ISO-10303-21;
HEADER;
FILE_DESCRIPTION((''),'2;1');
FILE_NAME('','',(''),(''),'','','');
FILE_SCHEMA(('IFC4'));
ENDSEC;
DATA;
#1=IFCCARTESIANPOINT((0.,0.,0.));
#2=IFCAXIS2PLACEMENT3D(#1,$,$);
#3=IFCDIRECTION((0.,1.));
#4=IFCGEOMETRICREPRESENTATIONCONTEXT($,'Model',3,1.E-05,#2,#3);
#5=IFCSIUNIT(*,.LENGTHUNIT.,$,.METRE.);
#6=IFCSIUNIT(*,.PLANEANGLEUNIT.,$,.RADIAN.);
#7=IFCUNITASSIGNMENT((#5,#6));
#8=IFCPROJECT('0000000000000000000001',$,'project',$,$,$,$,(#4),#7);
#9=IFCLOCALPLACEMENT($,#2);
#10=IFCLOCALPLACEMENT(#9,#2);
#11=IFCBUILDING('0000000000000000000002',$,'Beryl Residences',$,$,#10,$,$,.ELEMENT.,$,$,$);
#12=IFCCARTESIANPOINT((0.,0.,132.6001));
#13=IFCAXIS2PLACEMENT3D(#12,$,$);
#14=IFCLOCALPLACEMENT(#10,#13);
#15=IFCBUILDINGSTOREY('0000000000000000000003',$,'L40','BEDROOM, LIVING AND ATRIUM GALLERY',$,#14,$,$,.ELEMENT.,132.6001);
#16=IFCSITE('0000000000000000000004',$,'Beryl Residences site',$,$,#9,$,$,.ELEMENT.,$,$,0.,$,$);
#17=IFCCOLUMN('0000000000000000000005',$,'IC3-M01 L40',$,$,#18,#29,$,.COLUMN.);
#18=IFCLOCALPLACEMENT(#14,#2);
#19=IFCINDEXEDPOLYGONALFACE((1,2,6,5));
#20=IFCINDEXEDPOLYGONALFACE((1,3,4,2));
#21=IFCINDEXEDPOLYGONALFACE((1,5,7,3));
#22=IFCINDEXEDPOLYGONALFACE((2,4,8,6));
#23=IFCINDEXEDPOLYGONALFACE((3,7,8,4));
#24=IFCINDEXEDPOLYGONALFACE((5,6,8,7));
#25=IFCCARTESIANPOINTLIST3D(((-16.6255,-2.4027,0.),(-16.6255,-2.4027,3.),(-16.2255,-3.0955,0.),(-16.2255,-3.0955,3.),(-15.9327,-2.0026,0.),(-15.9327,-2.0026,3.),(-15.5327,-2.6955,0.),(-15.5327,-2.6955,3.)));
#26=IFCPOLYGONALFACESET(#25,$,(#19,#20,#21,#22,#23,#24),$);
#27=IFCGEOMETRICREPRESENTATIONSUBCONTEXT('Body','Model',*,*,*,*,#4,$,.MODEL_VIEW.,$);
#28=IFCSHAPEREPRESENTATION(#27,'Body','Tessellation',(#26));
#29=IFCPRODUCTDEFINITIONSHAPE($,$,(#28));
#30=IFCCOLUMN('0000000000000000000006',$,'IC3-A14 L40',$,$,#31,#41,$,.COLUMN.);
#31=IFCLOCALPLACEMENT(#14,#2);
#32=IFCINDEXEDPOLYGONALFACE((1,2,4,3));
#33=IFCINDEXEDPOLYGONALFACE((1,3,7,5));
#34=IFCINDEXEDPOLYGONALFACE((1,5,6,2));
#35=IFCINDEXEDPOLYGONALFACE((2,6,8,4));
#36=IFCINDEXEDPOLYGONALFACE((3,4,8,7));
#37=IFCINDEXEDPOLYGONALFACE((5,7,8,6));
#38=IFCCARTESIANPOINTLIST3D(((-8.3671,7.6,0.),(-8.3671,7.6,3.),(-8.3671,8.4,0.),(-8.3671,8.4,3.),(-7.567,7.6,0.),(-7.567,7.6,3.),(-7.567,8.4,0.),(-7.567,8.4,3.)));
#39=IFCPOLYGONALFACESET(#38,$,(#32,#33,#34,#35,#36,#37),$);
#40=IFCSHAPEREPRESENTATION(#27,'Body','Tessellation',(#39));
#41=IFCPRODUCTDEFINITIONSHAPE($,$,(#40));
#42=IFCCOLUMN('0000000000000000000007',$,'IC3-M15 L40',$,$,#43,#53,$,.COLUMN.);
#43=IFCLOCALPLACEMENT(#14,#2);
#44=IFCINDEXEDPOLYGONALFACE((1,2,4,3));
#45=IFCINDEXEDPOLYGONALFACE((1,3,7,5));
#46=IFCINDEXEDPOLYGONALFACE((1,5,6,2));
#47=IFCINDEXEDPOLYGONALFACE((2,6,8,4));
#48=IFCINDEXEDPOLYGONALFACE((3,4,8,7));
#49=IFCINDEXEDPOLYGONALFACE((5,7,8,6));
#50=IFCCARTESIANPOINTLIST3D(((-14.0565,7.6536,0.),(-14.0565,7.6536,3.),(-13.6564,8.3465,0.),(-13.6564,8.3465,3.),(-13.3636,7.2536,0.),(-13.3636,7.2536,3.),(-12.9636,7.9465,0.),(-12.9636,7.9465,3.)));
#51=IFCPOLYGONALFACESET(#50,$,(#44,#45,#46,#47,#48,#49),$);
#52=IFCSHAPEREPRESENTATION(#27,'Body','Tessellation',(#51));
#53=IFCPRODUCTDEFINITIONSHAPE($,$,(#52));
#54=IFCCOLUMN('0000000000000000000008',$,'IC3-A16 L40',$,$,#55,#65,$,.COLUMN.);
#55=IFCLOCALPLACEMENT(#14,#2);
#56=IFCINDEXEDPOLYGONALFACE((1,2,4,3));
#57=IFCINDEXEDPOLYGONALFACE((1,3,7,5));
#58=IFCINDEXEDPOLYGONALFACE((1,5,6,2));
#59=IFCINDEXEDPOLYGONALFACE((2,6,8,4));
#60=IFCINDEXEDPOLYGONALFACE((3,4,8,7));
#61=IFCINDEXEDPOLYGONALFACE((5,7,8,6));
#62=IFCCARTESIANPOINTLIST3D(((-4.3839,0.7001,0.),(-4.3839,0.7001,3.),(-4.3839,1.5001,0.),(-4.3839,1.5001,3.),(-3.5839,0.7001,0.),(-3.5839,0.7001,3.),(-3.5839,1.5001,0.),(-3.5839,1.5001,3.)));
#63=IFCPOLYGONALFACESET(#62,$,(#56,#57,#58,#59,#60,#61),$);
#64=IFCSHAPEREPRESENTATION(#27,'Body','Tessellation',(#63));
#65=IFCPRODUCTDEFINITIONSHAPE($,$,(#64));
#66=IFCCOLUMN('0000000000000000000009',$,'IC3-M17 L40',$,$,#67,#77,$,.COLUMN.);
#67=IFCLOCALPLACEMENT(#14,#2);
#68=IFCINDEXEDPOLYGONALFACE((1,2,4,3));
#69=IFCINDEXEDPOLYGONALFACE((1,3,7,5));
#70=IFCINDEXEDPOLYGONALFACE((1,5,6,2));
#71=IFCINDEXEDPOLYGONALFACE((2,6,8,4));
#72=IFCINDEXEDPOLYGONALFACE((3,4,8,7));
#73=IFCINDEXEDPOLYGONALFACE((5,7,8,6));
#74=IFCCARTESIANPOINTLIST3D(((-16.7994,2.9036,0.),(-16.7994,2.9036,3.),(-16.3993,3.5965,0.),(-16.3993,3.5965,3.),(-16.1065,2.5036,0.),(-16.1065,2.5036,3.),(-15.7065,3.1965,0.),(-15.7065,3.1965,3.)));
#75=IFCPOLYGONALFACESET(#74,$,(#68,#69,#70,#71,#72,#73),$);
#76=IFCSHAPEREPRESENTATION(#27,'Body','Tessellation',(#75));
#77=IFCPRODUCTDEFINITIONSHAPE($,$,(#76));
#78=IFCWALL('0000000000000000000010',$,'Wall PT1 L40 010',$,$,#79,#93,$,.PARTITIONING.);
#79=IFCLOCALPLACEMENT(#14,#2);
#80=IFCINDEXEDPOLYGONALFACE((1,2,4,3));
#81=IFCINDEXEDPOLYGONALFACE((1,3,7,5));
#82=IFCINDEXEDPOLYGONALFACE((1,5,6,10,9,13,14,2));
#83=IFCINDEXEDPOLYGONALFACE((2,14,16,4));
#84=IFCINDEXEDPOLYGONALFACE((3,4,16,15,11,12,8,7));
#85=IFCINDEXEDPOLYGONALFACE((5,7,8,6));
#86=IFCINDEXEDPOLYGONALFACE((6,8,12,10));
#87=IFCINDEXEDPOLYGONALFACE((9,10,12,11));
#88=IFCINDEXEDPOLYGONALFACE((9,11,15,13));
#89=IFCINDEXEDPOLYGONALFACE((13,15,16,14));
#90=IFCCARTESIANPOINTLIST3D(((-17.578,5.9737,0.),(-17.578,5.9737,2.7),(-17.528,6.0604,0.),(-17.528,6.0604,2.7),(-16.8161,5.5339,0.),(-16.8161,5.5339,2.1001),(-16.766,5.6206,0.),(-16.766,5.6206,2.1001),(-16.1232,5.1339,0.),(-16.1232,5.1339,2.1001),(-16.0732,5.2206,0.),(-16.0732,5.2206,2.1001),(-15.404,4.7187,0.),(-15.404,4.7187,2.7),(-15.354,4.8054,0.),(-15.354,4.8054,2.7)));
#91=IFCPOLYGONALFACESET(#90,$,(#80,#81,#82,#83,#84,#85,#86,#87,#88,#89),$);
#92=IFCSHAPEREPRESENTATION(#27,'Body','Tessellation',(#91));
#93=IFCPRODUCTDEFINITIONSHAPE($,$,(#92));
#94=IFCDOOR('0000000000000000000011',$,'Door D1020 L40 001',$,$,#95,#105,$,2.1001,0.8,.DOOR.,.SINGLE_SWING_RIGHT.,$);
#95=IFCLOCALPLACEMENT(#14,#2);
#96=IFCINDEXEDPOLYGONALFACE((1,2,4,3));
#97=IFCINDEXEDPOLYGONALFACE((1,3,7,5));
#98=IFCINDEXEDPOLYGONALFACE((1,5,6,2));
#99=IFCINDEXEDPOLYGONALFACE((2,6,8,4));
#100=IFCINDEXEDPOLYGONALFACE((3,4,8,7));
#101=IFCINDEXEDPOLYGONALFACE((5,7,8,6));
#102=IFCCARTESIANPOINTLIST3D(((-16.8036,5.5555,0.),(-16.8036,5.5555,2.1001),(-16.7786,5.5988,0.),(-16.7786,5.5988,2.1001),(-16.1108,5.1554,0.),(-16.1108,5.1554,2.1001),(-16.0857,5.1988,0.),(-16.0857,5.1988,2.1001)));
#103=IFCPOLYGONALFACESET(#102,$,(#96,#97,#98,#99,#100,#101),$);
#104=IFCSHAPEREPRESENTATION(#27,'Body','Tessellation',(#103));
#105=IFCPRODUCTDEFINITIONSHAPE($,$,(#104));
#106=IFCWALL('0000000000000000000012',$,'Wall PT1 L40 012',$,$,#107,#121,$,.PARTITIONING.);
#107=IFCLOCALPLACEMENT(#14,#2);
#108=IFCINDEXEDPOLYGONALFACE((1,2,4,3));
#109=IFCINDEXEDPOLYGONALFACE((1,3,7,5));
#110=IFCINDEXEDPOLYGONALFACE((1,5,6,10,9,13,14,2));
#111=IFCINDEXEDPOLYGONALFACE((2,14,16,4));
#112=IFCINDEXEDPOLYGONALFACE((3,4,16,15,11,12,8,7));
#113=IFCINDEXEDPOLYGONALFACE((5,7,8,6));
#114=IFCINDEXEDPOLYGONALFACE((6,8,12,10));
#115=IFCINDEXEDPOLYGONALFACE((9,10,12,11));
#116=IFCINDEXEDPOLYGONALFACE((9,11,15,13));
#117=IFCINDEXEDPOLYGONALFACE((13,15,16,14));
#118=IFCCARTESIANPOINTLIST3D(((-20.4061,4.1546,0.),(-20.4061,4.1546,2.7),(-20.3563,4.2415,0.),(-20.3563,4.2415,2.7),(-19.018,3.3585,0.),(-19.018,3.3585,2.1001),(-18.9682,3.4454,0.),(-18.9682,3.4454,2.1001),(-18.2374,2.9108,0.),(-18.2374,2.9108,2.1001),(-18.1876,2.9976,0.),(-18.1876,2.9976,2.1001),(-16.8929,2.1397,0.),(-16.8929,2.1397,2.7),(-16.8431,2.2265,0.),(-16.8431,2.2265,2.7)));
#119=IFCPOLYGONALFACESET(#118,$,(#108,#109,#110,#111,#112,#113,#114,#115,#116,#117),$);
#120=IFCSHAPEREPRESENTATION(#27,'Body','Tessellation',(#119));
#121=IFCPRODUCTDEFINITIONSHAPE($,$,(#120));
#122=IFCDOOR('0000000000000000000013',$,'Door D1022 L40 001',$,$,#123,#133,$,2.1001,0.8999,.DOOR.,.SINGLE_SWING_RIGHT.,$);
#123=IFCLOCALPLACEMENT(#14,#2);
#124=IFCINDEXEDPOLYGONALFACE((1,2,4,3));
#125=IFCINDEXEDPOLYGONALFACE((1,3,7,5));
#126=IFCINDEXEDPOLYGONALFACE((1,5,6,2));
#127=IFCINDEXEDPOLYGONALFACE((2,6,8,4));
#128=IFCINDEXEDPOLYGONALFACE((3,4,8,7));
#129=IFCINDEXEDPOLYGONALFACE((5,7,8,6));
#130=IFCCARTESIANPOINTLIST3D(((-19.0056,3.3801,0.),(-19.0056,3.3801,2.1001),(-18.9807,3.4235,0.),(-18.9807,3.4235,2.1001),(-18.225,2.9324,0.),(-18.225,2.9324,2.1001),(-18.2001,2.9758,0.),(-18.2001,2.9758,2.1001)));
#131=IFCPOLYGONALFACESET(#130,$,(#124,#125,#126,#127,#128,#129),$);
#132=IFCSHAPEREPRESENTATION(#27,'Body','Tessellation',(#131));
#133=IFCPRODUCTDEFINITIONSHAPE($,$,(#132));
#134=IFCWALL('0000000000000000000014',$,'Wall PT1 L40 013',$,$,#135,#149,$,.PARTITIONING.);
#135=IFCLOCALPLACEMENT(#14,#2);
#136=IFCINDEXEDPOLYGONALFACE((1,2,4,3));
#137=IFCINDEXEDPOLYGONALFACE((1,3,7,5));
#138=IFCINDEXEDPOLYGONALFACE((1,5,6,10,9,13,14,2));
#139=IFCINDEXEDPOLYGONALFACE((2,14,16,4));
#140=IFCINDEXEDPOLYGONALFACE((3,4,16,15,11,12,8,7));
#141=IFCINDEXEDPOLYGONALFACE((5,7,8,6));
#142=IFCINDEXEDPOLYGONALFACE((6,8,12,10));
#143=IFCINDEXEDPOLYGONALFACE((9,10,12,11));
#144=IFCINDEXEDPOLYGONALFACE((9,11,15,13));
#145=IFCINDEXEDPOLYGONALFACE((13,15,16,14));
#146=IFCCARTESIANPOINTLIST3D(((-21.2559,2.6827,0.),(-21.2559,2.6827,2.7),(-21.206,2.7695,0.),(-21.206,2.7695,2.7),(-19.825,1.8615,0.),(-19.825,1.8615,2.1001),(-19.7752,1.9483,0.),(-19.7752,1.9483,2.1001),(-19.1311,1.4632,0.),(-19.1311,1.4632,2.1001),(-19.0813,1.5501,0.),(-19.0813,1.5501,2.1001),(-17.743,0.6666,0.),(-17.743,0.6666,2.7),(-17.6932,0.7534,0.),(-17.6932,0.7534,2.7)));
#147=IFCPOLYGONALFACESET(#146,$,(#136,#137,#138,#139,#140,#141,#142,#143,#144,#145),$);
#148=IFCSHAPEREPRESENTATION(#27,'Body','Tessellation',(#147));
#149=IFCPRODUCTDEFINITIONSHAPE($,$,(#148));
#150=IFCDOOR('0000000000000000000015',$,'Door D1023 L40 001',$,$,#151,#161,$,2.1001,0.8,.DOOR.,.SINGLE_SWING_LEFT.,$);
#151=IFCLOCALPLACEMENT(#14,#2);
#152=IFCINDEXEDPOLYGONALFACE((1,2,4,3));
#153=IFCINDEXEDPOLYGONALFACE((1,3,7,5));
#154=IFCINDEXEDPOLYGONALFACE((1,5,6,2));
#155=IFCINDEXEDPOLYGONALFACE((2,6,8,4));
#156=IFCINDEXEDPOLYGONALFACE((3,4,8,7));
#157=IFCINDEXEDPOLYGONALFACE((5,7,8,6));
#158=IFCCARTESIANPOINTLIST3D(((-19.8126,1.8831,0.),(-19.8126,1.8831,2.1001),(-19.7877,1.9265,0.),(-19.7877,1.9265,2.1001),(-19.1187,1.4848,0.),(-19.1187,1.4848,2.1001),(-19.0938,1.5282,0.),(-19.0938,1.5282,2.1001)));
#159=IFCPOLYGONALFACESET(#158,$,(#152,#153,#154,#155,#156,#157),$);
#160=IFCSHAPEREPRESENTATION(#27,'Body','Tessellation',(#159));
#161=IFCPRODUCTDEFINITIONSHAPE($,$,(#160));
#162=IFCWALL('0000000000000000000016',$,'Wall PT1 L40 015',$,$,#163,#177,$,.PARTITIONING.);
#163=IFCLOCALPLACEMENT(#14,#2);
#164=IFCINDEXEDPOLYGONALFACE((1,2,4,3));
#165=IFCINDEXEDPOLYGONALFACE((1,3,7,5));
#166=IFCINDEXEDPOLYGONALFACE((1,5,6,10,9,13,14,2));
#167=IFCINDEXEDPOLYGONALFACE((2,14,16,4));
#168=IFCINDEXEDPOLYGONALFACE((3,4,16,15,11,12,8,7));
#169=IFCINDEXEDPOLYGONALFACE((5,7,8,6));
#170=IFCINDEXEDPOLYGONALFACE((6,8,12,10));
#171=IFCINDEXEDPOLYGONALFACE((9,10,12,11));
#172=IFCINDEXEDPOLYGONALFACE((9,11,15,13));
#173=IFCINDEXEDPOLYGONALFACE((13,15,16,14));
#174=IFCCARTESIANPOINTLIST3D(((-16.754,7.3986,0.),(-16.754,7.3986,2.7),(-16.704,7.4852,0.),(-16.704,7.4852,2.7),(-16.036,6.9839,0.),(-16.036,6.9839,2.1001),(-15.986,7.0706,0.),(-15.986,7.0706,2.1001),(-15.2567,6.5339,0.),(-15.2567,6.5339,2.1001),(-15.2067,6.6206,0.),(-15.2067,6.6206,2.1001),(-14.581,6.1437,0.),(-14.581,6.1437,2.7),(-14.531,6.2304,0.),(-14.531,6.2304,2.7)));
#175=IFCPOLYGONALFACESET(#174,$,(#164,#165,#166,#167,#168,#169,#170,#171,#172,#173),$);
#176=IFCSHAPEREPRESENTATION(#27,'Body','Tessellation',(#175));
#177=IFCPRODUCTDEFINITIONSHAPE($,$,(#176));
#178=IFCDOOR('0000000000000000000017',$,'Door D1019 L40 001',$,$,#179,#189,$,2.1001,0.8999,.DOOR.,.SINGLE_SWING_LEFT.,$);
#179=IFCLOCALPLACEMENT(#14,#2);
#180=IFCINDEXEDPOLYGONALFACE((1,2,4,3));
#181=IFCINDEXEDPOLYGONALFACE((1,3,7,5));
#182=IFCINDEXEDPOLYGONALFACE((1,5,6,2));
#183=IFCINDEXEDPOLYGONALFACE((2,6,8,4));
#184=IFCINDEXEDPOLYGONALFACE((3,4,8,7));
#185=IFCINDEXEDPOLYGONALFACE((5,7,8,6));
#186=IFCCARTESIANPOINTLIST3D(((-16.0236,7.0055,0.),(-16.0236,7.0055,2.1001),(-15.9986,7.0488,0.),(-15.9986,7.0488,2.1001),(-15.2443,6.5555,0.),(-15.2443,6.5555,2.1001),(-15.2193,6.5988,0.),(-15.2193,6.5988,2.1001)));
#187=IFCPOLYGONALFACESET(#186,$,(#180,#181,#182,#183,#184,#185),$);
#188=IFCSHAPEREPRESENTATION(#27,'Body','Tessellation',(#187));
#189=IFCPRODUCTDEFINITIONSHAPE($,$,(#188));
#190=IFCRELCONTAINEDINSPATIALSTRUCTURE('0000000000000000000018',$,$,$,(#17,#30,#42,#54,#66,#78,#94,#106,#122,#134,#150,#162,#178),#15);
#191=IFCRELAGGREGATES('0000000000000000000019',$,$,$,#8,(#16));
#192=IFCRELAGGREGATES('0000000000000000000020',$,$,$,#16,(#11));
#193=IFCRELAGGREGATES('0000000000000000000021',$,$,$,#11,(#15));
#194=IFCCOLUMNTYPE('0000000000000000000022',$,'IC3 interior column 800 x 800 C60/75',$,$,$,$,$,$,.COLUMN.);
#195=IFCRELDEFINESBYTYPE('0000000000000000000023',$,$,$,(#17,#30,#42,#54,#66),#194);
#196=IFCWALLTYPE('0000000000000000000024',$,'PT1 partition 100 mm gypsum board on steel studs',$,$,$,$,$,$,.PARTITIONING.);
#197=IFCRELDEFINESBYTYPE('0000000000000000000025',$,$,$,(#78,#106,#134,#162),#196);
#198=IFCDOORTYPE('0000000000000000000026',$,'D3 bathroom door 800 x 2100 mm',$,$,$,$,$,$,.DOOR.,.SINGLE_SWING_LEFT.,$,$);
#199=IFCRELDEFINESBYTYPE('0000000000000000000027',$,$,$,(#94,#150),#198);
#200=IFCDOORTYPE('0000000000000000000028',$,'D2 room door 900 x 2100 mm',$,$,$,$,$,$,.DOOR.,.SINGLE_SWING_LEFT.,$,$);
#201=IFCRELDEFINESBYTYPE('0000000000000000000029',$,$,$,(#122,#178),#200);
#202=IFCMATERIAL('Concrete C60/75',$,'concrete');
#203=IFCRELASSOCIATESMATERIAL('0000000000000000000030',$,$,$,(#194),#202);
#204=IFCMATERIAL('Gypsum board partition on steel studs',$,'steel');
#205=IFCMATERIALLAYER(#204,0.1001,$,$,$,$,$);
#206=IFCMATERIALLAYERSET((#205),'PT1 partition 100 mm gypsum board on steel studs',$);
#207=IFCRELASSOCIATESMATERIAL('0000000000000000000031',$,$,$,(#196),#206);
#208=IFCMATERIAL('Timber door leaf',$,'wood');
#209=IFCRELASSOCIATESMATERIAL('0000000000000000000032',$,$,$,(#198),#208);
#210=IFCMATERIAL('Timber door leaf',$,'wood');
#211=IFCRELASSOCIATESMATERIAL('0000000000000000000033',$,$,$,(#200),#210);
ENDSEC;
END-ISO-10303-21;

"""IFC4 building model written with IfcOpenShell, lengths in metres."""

from ifc_helpers import new_model, si_unit, direction, frame, frame_2d, origin, origin_2d, place, context, subcontext, project, spatial, rectangle, extrude, material, layer, layer_set, material_profile, profile_set, type_object, element, fill, save


model = new_model("IFC4")

# Units and contexts
model_context = context("Model", 3, precision=1e-05, world=origin(), true_north=direction((0.0, 1.0)))
body_context = subcontext(model_context, "Body", "Model", "MODEL_VIEW")
ifc_project = project(units=[si_unit("LENGTHUNIT", "METRE"), si_unit("PLANEANGLEUNIT", "RADIAN")], contexts=[model_context])

# Site, building, storey
site_placement = place(None, origin())
site = spatial("IfcSite", under=ifc_project, at=site_placement, Name="Beryl Residences site", CompositionType="ELEMENT", RefElevation=0.0)
building_placement = place(site_placement, origin())
building = spatial("IfcBuilding", under=site, at=building_placement, Name="Beryl Residences", CompositionType="ELEMENT")
storey_placement = place(building_placement, frame((0.0, 0.0, 132.6001)))
storey = spatial("IfcBuildingStorey", under=building, at=storey_placement, Name="L40", Description="BEDROOM, LIVING AND ATRIUM GALLERY", CompositionType="ELEMENT", Elevation=132.6001)

# Columns
ifc_material_1 = material(Name="Concrete C60/75", Category="concrete")
ifc_material_profile = material_profile(ifc_material_1, rectangle(XDim=0.8, YDim=0.8, at=origin_2d()))
ifc_profile_set = profile_set([ifc_material_profile], Name="Concrete C60/75")
column_type = type_object("IfcColumnType", Name="IC3 interior column 800 x 800 C60/75", PredefinedType="COLUMN", material=ifc_profile_set)
for number, where, z_axis, x_axis, name in (
    (1, (-16.0791, -2.5491, 0.0), (0.0, 0.0, 1.0), (0.5, -0.866025, 0.0), "IC3-M01 L40"),
    (2, (-7.967, 8.0, 0.0), (0.0, 0.0, 1.0), (1.0, 0.0, 0.0), "IC3-A14 L40"),
    (3, (-13.51, 7.8, 0.0), (0.0, 0.0, 1.0), (-0.5, -0.866025, 0.0), "IC3-M15 L40"),
    (4, (-3.9839, 1.1001, 0.0), (0.0, 0.0, 1.0), (1.0, 0.0, 0.0), "IC3-A16 L40"),
    (5, (-16.2529, 3.05, 0.0), (0.0, 0.0, 1.0), (-0.5, -0.866025, 0.0), "IC3-M17 L40"),
):
    element("IfcColumn", number, at=place(storey_placement, frame(where, z_axis=z_axis, x_axis=x_axis)), inside=storey, type_object=column_type, Name=name, PredefinedType="COLUMN", context=body_context, shape_type="SweptSolid", body=[
        extrude(rectangle(XDim=0.8, YDim=0.8, at=origin_2d()), origin(), (0.0, 0.0, 1.0), 3.0),
    ])

# Walls, openings, doors
ifc_material_2 = material(Name="Gypsum board partition on steel studs", Category="steel")
ifc_layer_1 = layer(ifc_material_2, 0.1001)
ifc_layer_set_1 = layer_set([ifc_layer_1], Name="PT1 partition 100 mm gypsum board on steel studs")
wall_type_1 = type_object("IfcWallType", Name="PT1 partition 100 mm gypsum board on steel studs", PredefinedType="PARTITIONING", material=ifc_layer_set_1)
wall_1_placement = place(storey_placement, frame((-17.553, 6.0171, 0.0), z_axis=(0.0, 0.0, 1.0), x_axis=(0.866038, -0.499978, 0.0)))
wall_1 = element("IfcWall", 6, at=wall_1_placement, inside=storey, type_object=wall_type_1, Name="Wall PT1 L40 010", PredefinedType="PARTITIONING", context=body_context, shape_type="SweptSolid", body=[
    extrude(rectangle(XDim=2.5103, YDim=0.1001, at=frame_2d((1.2551, 0.0))), origin(), (0.0, 0.0, 1.0), 2.7),
])
opening_1_placement = place(wall_1_placement, frame((0.8799, 0.0, 0.0)))
opening_1 = element("IfcOpeningElement", 7, at=opening_1_placement, cuts=wall_1, PredefinedType="OPENING", context=body_context, shape_type="SweptSolid", body=[
    extrude(rectangle(XDim=0.8, YDim=2.1001, at=frame_2d((0.3999, 1.05))), frame((0.0, 0.0601, 0.0), z_axis=(0.0, -1.0, 0.0), x_axis=(1.0, 0.0, 0.0)), (0.0, 0.0, 1.0), 0.1201),
])
ifc_material_3 = material(Name="Timber door leaf", Category="wood")
door_type_1 = type_object("IfcDoorType", Name="D3 bathroom door 800 x 2100 mm", OperationType="SINGLE_SWING_LEFT", PredefinedType="DOOR", material=ifc_material_3)
door_1_placement = place(opening_1_placement, origin())
door_1 = element("IfcDoor", 8, at=door_1_placement, inside=storey, type_object=door_type_1, Name="Door D1020 L40 001", OperationType="SINGLE_SWING_RIGHT", OverallHeight=2.1001, OverallWidth=0.8, PredefinedType="DOOR", context=body_context, shape_type="SweptSolid", body=[
    extrude(rectangle(XDim=0.8, YDim=2.1001, at=frame_2d((0.3999, 1.05))), frame((0.0, 0.0249, 0.0), z_axis=(0.0, -1.0, 0.0), x_axis=(1.0, 0.0, 0.0)), (0.0, 0.0, 1.0), 0.05),
])
fill(opening_1, door_1)
wall_2_placement = place(storey_placement, frame((-20.3811, 4.198, 0.0), z_axis=(0.0, 0.0, 1.0), x_axis=(0.867459, -0.497508, 0.0)))
wall_2 = element("IfcWall", 9, at=wall_2_placement, inside=storey, type_object=wall_type_1, Name="Wall PT1 L40 012", PredefinedType="PARTITIONING", context=body_context, shape_type="SweptSolid", body=[
    extrude(rectangle(XDim=4.05, YDim=0.1001, at=frame_2d((2.0249, 0.0))), origin(), (0.0, 0.0, 1.0), 2.7),
])
opening_2_placement = place(wall_2_placement, frame((1.6001, 0.0, 0.0)))
opening_2 = element("IfcOpeningElement", 10, at=opening_2_placement, cuts=wall_2, PredefinedType="OPENING", context=body_context, shape_type="SweptSolid", body=[
    extrude(rectangle(XDim=0.8999, YDim=2.1001, at=frame_2d((0.45, 1.05))), frame((0.0, 0.0601, 0.0), z_axis=(0.0, -1.0, 0.0), x_axis=(1.0, 0.0, 0.0)), (0.0, 0.0, 1.0), 0.1201),
])
ifc_material_4 = material(Name="Timber door leaf", Category="wood")
door_type_2 = type_object("IfcDoorType", Name="D2 room door 900 x 2100 mm", OperationType="SINGLE_SWING_LEFT", PredefinedType="DOOR", material=ifc_material_4)
door_2_placement = place(opening_2_placement, origin())
door_2 = element("IfcDoor", 11, at=door_2_placement, inside=storey, type_object=door_type_2, Name="Door D1022 L40 001", OperationType="SINGLE_SWING_RIGHT", OverallHeight=2.1001, OverallWidth=0.8999, PredefinedType="DOOR", context=body_context, shape_type="SweptSolid", body=[
    extrude(rectangle(XDim=0.8999, YDim=2.1001, at=frame_2d((0.45, 1.05))), frame((0.0, 0.0249, 0.0), z_axis=(0.0, -1.0, 0.0), x_axis=(1.0, 0.0, 0.0)), (0.0, 0.0, 1.0), 0.05),
])
fill(opening_2, door_2)
wall_3_placement = place(storey_placement, frame((-21.231, 2.7261, 0.0), z_axis=(0.0, 0.0, 1.0), x_axis=(0.867314, -0.497761, 0.0)))
wall_3 = element("IfcWall", 12, at=wall_3_placement, inside=storey, type_object=wall_type_1, Name="Wall PT1 L40 013", PredefinedType="PARTITIONING", context=body_context, shape_type="SweptSolid", body=[
    extrude(rectangle(XDim=4.0503, YDim=0.1001, at=frame_2d((2.0251, 0.0))), origin(), (0.0, 0.0, 1.0), 2.7),
])
opening_3_placement = place(wall_3_placement, frame((1.6499, 0.0, 0.0)))
opening_3 = element("IfcOpeningElement", 13, at=opening_3_placement, cuts=wall_3, PredefinedType="OPENING", context=body_context, shape_type="SweptSolid", body=[
    extrude(rectangle(XDim=0.8, YDim=2.1001, at=frame_2d((0.3999, 1.05))), frame((0.0, 0.0601, 0.0), z_axis=(0.0, -1.0, 0.0), x_axis=(1.0, 0.0, 0.0)), (0.0, 0.0, 1.0), 0.1201),
])
door_3_placement = place(opening_3_placement, origin())
door_3 = element("IfcDoor", 14, at=door_3_placement, inside=storey, type_object=door_type_1, Name="Door D1023 L40 001", OperationType="SINGLE_SWING_LEFT", OverallHeight=2.1001, OverallWidth=0.8, PredefinedType="DOOR", context=body_context, shape_type="SweptSolid", body=[
    extrude(rectangle(XDim=0.8, YDim=2.1001, at=frame_2d((0.3999, 1.05))), frame((0.0, 0.0249, 0.0), z_axis=(0.0, -1.0, 0.0), x_axis=(1.0, 0.0, 0.0)), (0.0, 0.0, 1.0), 0.05),
])
fill(opening_3, door_3)
wall_4_placement = place(storey_placement, frame((-16.729, 7.4419, 0.0), z_axis=(0.0, 0.0, 1.0), x_axis=(0.865983, -0.500073, 0.0)))
wall_4 = element("IfcWall", 15, at=wall_4_placement, inside=storey, type_object=wall_type_1, Name="Wall PT1 L40 015", PredefinedType="PARTITIONING", context=body_context, shape_type="SweptSolid", body=[
    extrude(rectangle(XDim=2.5093, YDim=0.1001, at=frame_2d((1.2546, 0.0))), origin(), (0.0, 0.0, 1.0), 2.7),
])
opening_4_placement = place(wall_4_placement, frame((0.8291, 0.0, 0.0)))
opening_4 = element("IfcOpeningElement", 16, at=opening_4_placement, cuts=wall_4, PredefinedType="OPENING", context=body_context, shape_type="SweptSolid", body=[
    extrude(rectangle(XDim=0.8999, YDim=2.1001, at=frame_2d((0.45, 1.05))), frame((0.0, 0.0601, 0.0), z_axis=(0.0, -1.0, 0.0), x_axis=(1.0, 0.0, 0.0)), (0.0, 0.0, 1.0), 0.1201),
])
door_4_placement = place(opening_4_placement, origin())
door_4 = element("IfcDoor", 17, at=door_4_placement, inside=storey, type_object=door_type_2, Name="Door D1019 L40 001", OperationType="SINGLE_SWING_LEFT", OverallHeight=2.1001, OverallWidth=0.8999, PredefinedType="DOOR", context=body_context, shape_type="SweptSolid", body=[
    extrude(rectangle(XDim=0.8999, YDim=2.1001, at=frame_2d((0.45, 1.05))), frame((0.0, 0.0249, 0.0), z_axis=(0.0, -1.0, 0.0), x_axis=(1.0, 0.0, 0.0)), (0.0, 0.0, 1.0), 0.05),
])
fill(opening_4, door_4)

save(model, "model.ifc")
